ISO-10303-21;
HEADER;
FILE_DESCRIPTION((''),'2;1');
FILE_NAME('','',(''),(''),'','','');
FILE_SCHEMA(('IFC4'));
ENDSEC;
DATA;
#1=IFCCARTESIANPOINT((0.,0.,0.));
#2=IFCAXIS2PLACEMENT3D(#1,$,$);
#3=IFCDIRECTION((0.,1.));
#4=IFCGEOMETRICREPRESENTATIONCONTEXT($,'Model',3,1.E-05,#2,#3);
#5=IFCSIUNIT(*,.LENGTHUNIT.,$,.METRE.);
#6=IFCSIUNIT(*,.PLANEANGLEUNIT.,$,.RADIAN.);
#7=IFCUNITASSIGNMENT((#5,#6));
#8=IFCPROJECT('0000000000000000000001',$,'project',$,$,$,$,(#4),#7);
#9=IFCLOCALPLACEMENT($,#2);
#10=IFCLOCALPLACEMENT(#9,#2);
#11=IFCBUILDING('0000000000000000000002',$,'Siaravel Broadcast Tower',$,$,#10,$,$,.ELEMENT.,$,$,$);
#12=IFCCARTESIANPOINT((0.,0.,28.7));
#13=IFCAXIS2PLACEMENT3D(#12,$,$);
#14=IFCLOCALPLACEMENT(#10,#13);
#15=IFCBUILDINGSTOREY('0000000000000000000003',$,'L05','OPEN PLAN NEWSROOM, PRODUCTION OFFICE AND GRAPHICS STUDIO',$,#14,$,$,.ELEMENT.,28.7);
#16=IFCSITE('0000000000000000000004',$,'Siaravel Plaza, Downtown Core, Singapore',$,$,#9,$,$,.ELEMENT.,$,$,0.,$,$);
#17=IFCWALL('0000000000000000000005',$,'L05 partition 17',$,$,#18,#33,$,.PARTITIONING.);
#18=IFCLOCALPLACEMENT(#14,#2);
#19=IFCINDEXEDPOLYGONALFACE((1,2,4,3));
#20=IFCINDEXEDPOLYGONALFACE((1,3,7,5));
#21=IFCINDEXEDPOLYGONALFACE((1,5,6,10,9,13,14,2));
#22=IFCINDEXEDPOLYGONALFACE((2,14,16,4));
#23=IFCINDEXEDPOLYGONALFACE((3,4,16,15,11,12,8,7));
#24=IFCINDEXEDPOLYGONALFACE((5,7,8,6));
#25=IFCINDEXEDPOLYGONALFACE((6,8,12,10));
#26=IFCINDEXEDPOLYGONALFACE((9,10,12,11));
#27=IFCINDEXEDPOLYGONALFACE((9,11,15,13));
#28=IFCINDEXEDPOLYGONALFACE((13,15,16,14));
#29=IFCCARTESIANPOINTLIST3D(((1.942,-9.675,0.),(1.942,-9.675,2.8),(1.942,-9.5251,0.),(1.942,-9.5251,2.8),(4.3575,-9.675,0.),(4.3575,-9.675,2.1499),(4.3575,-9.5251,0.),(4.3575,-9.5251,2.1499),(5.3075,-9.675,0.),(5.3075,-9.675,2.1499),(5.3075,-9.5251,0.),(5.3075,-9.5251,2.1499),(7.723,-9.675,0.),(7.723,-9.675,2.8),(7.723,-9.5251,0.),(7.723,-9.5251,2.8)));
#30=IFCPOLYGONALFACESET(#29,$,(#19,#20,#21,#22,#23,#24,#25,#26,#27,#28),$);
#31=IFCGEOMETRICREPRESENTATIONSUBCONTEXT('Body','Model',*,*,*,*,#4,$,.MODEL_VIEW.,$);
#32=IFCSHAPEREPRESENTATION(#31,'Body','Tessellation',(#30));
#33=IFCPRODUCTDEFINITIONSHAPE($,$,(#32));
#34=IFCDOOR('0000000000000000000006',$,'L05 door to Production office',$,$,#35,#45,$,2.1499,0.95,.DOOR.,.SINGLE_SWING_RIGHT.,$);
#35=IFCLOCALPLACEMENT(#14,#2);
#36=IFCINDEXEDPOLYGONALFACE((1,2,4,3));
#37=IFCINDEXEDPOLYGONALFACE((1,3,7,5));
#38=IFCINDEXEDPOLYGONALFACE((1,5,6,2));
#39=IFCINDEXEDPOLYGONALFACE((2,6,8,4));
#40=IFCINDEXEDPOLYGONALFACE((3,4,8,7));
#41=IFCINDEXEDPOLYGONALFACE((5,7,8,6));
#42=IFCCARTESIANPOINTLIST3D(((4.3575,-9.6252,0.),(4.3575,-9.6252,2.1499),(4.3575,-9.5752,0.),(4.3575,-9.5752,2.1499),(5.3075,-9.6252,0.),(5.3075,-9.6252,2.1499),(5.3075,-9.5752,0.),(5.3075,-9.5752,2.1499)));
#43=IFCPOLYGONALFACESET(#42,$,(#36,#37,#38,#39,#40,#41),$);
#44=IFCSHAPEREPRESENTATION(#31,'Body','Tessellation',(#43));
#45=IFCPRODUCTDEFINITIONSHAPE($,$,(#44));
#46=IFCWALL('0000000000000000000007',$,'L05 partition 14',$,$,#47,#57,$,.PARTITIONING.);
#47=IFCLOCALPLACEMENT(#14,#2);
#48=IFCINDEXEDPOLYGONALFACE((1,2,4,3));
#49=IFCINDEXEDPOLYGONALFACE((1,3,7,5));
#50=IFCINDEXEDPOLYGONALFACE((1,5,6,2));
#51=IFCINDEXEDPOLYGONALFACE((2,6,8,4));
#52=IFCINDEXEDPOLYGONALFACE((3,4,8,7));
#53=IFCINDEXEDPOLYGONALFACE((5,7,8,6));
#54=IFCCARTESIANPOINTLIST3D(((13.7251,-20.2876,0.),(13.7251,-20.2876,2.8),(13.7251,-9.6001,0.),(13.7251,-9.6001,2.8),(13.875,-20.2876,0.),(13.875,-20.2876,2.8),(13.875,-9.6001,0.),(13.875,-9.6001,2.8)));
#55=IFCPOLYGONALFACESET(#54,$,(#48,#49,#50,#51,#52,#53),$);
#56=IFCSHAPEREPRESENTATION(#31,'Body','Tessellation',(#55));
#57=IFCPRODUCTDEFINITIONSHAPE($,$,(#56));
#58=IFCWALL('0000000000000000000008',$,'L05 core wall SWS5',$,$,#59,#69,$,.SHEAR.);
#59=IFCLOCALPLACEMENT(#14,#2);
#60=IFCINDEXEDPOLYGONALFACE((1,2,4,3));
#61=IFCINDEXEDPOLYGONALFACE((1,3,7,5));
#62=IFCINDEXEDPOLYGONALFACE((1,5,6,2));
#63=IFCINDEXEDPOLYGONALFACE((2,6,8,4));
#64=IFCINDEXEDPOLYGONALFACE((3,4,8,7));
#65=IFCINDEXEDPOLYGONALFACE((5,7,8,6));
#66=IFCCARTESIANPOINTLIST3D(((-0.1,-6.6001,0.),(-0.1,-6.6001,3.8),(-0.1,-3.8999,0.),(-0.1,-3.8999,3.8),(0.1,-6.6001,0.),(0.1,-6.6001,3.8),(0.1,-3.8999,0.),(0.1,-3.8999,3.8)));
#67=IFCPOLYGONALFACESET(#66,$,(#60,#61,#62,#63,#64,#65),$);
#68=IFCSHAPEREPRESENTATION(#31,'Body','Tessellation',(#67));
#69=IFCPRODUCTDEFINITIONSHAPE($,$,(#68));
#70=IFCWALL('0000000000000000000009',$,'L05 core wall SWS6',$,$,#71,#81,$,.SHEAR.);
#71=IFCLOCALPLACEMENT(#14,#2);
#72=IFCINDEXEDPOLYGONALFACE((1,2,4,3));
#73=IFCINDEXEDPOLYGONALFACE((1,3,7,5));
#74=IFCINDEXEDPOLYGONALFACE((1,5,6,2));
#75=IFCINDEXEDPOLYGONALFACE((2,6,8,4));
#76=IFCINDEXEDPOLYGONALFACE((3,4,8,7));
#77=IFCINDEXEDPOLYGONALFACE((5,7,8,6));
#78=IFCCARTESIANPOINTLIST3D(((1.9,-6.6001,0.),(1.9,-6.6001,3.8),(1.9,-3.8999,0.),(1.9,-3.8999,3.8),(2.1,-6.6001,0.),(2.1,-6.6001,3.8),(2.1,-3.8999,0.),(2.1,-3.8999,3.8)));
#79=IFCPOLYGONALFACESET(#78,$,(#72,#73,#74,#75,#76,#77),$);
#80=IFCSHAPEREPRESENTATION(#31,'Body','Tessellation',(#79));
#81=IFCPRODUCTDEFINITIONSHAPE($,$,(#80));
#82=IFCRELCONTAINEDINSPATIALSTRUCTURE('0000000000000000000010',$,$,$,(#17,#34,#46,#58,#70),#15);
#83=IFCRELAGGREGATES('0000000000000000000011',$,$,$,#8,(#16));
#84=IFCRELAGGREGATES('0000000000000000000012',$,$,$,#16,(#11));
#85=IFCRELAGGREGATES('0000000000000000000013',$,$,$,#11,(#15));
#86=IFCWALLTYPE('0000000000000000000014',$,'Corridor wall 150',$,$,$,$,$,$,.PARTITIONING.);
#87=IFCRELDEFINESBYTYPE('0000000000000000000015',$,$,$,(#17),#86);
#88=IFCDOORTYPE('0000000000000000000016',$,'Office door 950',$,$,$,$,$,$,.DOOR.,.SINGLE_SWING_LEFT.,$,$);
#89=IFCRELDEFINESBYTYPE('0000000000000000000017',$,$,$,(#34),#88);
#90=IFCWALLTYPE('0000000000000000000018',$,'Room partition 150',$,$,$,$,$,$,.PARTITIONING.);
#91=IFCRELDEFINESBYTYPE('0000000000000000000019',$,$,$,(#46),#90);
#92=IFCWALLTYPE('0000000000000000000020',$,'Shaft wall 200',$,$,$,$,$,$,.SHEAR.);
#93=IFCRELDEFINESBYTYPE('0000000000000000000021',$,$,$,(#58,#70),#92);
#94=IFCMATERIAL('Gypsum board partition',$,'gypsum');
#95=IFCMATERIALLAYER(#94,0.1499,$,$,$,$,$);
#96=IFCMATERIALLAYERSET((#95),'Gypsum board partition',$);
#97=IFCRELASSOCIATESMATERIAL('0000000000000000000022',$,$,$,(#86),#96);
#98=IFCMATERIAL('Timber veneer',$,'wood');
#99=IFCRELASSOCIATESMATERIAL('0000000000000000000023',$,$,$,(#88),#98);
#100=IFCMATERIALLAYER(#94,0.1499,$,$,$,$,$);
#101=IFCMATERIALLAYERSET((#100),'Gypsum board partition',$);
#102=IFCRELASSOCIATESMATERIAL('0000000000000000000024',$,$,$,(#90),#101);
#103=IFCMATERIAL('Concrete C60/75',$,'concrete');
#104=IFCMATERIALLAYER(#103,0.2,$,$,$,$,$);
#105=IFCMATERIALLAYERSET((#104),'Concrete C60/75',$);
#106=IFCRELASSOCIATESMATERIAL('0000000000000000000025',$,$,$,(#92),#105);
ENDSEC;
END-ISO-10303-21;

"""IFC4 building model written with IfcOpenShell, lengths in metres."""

from ifc_helpers import new_model, si_unit, direction, frame, frame_2d, origin, place, context, subcontext, project, spatial, rectangle, extrude, material, layer, layer_set, type_object, element, fill, save


model = new_model("IFC4")

# Units and contexts
model_context = context("Model", 3, precision=1e-05, world=origin(), true_north=direction((0.0, 1.0)))
body_context = subcontext(model_context, "Body", "Model", "MODEL_VIEW")
ifc_project = project(units=[si_unit("LENGTHUNIT", "METRE"), si_unit("PLANEANGLEUNIT", "RADIAN")], contexts=[model_context])

# Site, building, storey
site_placement = place(None, origin())
site = spatial("IfcSite", under=ifc_project, at=site_placement, Name="Siaravel Plaza, Downtown Core, Singapore", CompositionType="ELEMENT", RefElevation=0.0)
building_placement = place(site_placement, origin())
building = spatial("IfcBuilding", under=site, at=building_placement, Name="Siaravel Broadcast Tower", CompositionType="ELEMENT")
storey_placement = place(building_placement, frame((0.0, 0.0, 28.7)))
storey = spatial("IfcBuildingStorey", under=building, at=storey_placement, Name="L05", Description="OPEN PLAN NEWSROOM, PRODUCTION OFFICE AND GRAPHICS STUDIO", CompositionType="ELEMENT", Elevation=28.7)

# Wall, opening, door
ifc_material_1 = material(Name="Concrete C60/75", Category="concrete")
ifc_material_2 = material(Name="Gypsum board partition", Category="gypsum")
ifc_layer_1 = layer(ifc_material_2, 0.1499)
ifc_layer_set_1 = layer_set([ifc_layer_1], Name="Gypsum board partition")
wall_type_1 = type_object("IfcWallType", Name="Corridor wall 150", PredefinedType="PARTITIONING", material=ifc_layer_set_1)
ifc_material_3 = material(Name="Timber veneer", Category="wood")
door_type_1 = type_object("IfcDoorType", Name="Office door 950", OperationType="SINGLE_SWING_LEFT", PredefinedType="DOOR", material=ifc_material_3)
wall_1_placement = place(storey_placement, frame((1.9419, -9.6001, 0.0), z_axis=(0.0, 0.0, 1.0), x_axis=(1.0, 0.0, 0.0)))
wall_1 = element("IfcWall", 1, at=wall_1_placement, inside=storey, type_object=wall_type_1, Name="L05 partition 17", PredefinedType="PARTITIONING", context=body_context, shape_type="SweptSolid", body=[
    extrude(rectangle(XDim=5.781, YDim=0.1499, at=frame_2d((2.8906, 0.0))), origin(), (0.0, 0.0, 1.0), 2.8),
])
opening_1_placement = place(wall_1_placement, frame((2.4155, 0.0, 0.0)))
opening_1 = element("IfcOpeningElement", 2, at=opening_1_placement, cuts=wall_1, PredefinedType="OPENING", context=body_context, shape_type="SweptSolid", body=[
    extrude(rectangle(XDim=0.95, YDim=2.1499, at=frame_2d((0.4751, 1.075))), frame((0.0, 0.085, 0.0), z_axis=(0.0, -1.0, 0.0), x_axis=(1.0, 0.0, 0.0)), (0.0, 0.0, 1.0), 0.1699),
])
door_1_placement = place(opening_1_placement, origin())
door_1 = element("IfcDoor", 3, at=door_1_placement, inside=storey, type_object=door_type_1, Name="L05 door to Production office", OperationType="SINGLE_SWING_RIGHT", OverallHeight=2.1499, OverallWidth=0.95, PredefinedType="DOOR", context=body_context, shape_type="SweptSolid", body=[
    extrude(rectangle(XDim=0.95, YDim=2.1499, at=frame_2d((0.4751, 1.075))), frame((0.0, 0.0249, 0.0), z_axis=(0.0, -1.0, 0.0), x_axis=(1.0, 0.0, 0.0)), (0.0, 0.0, 1.0), 0.05),
])
fill(opening_1, door_1)

# Walls
ifc_layer_2 = layer(ifc_material_2, 0.1499)
ifc_layer_set_2 = layer_set([ifc_layer_2], Name="Gypsum board partition")
wall_type_2 = type_object("IfcWallType", Name="Room partition 150", PredefinedType="PARTITIONING", material=ifc_layer_set_2)
wall_2_placement = place(storey_placement, frame((13.8, -9.6001, 0.0), z_axis=(0.0, 0.0, 1.0), x_axis=(0.0, -1.0, 0.0)))
element("IfcWall", 4, at=wall_2_placement, inside=storey, type_object=wall_type_2, Name="L05 partition 14", PredefinedType="PARTITIONING", context=body_context, shape_type="SweptSolid", body=[
    extrude(rectangle(XDim=10.6875, YDim=0.1499, at=frame_2d((5.3438, 0.0))), origin(), (0.0, 0.0, 1.0), 2.8),
])
ifc_layer_3 = layer(ifc_material_1, 0.2)
ifc_layer_set_3 = layer_set([ifc_layer_3], Name="Concrete C60/75")
wall_type_3 = type_object("IfcWallType", Name="Shaft wall 200", PredefinedType="SHEAR", material=ifc_layer_set_3)
for number, where, z_axis, x_axis, name in (
    (5, (0.0, -6.6001, 0.0), (0.0, 0.0, 1.0), (0.0, 1.0, 0.0), "L05 core wall SWS5"),
    (6, (2.0, -6.6001, 0.0), (0.0, 0.0, 1.0), (0.0, 1.0, 0.0), "L05 core wall SWS6"),
):
    element("IfcWall", number, at=place(storey_placement, frame(where, z_axis=z_axis, x_axis=x_axis)), inside=storey, type_object=wall_type_3, Name=name, PredefinedType="SHEAR", context=body_context, shape_type="SweptSolid", body=[
        extrude(rectangle(XDim=2.7002, YDim=0.2, at=frame_2d((1.3501, 0.0))), origin(), (0.0, 0.0, 1.0), 3.8),
    ])

save(model, "model.ifc")
